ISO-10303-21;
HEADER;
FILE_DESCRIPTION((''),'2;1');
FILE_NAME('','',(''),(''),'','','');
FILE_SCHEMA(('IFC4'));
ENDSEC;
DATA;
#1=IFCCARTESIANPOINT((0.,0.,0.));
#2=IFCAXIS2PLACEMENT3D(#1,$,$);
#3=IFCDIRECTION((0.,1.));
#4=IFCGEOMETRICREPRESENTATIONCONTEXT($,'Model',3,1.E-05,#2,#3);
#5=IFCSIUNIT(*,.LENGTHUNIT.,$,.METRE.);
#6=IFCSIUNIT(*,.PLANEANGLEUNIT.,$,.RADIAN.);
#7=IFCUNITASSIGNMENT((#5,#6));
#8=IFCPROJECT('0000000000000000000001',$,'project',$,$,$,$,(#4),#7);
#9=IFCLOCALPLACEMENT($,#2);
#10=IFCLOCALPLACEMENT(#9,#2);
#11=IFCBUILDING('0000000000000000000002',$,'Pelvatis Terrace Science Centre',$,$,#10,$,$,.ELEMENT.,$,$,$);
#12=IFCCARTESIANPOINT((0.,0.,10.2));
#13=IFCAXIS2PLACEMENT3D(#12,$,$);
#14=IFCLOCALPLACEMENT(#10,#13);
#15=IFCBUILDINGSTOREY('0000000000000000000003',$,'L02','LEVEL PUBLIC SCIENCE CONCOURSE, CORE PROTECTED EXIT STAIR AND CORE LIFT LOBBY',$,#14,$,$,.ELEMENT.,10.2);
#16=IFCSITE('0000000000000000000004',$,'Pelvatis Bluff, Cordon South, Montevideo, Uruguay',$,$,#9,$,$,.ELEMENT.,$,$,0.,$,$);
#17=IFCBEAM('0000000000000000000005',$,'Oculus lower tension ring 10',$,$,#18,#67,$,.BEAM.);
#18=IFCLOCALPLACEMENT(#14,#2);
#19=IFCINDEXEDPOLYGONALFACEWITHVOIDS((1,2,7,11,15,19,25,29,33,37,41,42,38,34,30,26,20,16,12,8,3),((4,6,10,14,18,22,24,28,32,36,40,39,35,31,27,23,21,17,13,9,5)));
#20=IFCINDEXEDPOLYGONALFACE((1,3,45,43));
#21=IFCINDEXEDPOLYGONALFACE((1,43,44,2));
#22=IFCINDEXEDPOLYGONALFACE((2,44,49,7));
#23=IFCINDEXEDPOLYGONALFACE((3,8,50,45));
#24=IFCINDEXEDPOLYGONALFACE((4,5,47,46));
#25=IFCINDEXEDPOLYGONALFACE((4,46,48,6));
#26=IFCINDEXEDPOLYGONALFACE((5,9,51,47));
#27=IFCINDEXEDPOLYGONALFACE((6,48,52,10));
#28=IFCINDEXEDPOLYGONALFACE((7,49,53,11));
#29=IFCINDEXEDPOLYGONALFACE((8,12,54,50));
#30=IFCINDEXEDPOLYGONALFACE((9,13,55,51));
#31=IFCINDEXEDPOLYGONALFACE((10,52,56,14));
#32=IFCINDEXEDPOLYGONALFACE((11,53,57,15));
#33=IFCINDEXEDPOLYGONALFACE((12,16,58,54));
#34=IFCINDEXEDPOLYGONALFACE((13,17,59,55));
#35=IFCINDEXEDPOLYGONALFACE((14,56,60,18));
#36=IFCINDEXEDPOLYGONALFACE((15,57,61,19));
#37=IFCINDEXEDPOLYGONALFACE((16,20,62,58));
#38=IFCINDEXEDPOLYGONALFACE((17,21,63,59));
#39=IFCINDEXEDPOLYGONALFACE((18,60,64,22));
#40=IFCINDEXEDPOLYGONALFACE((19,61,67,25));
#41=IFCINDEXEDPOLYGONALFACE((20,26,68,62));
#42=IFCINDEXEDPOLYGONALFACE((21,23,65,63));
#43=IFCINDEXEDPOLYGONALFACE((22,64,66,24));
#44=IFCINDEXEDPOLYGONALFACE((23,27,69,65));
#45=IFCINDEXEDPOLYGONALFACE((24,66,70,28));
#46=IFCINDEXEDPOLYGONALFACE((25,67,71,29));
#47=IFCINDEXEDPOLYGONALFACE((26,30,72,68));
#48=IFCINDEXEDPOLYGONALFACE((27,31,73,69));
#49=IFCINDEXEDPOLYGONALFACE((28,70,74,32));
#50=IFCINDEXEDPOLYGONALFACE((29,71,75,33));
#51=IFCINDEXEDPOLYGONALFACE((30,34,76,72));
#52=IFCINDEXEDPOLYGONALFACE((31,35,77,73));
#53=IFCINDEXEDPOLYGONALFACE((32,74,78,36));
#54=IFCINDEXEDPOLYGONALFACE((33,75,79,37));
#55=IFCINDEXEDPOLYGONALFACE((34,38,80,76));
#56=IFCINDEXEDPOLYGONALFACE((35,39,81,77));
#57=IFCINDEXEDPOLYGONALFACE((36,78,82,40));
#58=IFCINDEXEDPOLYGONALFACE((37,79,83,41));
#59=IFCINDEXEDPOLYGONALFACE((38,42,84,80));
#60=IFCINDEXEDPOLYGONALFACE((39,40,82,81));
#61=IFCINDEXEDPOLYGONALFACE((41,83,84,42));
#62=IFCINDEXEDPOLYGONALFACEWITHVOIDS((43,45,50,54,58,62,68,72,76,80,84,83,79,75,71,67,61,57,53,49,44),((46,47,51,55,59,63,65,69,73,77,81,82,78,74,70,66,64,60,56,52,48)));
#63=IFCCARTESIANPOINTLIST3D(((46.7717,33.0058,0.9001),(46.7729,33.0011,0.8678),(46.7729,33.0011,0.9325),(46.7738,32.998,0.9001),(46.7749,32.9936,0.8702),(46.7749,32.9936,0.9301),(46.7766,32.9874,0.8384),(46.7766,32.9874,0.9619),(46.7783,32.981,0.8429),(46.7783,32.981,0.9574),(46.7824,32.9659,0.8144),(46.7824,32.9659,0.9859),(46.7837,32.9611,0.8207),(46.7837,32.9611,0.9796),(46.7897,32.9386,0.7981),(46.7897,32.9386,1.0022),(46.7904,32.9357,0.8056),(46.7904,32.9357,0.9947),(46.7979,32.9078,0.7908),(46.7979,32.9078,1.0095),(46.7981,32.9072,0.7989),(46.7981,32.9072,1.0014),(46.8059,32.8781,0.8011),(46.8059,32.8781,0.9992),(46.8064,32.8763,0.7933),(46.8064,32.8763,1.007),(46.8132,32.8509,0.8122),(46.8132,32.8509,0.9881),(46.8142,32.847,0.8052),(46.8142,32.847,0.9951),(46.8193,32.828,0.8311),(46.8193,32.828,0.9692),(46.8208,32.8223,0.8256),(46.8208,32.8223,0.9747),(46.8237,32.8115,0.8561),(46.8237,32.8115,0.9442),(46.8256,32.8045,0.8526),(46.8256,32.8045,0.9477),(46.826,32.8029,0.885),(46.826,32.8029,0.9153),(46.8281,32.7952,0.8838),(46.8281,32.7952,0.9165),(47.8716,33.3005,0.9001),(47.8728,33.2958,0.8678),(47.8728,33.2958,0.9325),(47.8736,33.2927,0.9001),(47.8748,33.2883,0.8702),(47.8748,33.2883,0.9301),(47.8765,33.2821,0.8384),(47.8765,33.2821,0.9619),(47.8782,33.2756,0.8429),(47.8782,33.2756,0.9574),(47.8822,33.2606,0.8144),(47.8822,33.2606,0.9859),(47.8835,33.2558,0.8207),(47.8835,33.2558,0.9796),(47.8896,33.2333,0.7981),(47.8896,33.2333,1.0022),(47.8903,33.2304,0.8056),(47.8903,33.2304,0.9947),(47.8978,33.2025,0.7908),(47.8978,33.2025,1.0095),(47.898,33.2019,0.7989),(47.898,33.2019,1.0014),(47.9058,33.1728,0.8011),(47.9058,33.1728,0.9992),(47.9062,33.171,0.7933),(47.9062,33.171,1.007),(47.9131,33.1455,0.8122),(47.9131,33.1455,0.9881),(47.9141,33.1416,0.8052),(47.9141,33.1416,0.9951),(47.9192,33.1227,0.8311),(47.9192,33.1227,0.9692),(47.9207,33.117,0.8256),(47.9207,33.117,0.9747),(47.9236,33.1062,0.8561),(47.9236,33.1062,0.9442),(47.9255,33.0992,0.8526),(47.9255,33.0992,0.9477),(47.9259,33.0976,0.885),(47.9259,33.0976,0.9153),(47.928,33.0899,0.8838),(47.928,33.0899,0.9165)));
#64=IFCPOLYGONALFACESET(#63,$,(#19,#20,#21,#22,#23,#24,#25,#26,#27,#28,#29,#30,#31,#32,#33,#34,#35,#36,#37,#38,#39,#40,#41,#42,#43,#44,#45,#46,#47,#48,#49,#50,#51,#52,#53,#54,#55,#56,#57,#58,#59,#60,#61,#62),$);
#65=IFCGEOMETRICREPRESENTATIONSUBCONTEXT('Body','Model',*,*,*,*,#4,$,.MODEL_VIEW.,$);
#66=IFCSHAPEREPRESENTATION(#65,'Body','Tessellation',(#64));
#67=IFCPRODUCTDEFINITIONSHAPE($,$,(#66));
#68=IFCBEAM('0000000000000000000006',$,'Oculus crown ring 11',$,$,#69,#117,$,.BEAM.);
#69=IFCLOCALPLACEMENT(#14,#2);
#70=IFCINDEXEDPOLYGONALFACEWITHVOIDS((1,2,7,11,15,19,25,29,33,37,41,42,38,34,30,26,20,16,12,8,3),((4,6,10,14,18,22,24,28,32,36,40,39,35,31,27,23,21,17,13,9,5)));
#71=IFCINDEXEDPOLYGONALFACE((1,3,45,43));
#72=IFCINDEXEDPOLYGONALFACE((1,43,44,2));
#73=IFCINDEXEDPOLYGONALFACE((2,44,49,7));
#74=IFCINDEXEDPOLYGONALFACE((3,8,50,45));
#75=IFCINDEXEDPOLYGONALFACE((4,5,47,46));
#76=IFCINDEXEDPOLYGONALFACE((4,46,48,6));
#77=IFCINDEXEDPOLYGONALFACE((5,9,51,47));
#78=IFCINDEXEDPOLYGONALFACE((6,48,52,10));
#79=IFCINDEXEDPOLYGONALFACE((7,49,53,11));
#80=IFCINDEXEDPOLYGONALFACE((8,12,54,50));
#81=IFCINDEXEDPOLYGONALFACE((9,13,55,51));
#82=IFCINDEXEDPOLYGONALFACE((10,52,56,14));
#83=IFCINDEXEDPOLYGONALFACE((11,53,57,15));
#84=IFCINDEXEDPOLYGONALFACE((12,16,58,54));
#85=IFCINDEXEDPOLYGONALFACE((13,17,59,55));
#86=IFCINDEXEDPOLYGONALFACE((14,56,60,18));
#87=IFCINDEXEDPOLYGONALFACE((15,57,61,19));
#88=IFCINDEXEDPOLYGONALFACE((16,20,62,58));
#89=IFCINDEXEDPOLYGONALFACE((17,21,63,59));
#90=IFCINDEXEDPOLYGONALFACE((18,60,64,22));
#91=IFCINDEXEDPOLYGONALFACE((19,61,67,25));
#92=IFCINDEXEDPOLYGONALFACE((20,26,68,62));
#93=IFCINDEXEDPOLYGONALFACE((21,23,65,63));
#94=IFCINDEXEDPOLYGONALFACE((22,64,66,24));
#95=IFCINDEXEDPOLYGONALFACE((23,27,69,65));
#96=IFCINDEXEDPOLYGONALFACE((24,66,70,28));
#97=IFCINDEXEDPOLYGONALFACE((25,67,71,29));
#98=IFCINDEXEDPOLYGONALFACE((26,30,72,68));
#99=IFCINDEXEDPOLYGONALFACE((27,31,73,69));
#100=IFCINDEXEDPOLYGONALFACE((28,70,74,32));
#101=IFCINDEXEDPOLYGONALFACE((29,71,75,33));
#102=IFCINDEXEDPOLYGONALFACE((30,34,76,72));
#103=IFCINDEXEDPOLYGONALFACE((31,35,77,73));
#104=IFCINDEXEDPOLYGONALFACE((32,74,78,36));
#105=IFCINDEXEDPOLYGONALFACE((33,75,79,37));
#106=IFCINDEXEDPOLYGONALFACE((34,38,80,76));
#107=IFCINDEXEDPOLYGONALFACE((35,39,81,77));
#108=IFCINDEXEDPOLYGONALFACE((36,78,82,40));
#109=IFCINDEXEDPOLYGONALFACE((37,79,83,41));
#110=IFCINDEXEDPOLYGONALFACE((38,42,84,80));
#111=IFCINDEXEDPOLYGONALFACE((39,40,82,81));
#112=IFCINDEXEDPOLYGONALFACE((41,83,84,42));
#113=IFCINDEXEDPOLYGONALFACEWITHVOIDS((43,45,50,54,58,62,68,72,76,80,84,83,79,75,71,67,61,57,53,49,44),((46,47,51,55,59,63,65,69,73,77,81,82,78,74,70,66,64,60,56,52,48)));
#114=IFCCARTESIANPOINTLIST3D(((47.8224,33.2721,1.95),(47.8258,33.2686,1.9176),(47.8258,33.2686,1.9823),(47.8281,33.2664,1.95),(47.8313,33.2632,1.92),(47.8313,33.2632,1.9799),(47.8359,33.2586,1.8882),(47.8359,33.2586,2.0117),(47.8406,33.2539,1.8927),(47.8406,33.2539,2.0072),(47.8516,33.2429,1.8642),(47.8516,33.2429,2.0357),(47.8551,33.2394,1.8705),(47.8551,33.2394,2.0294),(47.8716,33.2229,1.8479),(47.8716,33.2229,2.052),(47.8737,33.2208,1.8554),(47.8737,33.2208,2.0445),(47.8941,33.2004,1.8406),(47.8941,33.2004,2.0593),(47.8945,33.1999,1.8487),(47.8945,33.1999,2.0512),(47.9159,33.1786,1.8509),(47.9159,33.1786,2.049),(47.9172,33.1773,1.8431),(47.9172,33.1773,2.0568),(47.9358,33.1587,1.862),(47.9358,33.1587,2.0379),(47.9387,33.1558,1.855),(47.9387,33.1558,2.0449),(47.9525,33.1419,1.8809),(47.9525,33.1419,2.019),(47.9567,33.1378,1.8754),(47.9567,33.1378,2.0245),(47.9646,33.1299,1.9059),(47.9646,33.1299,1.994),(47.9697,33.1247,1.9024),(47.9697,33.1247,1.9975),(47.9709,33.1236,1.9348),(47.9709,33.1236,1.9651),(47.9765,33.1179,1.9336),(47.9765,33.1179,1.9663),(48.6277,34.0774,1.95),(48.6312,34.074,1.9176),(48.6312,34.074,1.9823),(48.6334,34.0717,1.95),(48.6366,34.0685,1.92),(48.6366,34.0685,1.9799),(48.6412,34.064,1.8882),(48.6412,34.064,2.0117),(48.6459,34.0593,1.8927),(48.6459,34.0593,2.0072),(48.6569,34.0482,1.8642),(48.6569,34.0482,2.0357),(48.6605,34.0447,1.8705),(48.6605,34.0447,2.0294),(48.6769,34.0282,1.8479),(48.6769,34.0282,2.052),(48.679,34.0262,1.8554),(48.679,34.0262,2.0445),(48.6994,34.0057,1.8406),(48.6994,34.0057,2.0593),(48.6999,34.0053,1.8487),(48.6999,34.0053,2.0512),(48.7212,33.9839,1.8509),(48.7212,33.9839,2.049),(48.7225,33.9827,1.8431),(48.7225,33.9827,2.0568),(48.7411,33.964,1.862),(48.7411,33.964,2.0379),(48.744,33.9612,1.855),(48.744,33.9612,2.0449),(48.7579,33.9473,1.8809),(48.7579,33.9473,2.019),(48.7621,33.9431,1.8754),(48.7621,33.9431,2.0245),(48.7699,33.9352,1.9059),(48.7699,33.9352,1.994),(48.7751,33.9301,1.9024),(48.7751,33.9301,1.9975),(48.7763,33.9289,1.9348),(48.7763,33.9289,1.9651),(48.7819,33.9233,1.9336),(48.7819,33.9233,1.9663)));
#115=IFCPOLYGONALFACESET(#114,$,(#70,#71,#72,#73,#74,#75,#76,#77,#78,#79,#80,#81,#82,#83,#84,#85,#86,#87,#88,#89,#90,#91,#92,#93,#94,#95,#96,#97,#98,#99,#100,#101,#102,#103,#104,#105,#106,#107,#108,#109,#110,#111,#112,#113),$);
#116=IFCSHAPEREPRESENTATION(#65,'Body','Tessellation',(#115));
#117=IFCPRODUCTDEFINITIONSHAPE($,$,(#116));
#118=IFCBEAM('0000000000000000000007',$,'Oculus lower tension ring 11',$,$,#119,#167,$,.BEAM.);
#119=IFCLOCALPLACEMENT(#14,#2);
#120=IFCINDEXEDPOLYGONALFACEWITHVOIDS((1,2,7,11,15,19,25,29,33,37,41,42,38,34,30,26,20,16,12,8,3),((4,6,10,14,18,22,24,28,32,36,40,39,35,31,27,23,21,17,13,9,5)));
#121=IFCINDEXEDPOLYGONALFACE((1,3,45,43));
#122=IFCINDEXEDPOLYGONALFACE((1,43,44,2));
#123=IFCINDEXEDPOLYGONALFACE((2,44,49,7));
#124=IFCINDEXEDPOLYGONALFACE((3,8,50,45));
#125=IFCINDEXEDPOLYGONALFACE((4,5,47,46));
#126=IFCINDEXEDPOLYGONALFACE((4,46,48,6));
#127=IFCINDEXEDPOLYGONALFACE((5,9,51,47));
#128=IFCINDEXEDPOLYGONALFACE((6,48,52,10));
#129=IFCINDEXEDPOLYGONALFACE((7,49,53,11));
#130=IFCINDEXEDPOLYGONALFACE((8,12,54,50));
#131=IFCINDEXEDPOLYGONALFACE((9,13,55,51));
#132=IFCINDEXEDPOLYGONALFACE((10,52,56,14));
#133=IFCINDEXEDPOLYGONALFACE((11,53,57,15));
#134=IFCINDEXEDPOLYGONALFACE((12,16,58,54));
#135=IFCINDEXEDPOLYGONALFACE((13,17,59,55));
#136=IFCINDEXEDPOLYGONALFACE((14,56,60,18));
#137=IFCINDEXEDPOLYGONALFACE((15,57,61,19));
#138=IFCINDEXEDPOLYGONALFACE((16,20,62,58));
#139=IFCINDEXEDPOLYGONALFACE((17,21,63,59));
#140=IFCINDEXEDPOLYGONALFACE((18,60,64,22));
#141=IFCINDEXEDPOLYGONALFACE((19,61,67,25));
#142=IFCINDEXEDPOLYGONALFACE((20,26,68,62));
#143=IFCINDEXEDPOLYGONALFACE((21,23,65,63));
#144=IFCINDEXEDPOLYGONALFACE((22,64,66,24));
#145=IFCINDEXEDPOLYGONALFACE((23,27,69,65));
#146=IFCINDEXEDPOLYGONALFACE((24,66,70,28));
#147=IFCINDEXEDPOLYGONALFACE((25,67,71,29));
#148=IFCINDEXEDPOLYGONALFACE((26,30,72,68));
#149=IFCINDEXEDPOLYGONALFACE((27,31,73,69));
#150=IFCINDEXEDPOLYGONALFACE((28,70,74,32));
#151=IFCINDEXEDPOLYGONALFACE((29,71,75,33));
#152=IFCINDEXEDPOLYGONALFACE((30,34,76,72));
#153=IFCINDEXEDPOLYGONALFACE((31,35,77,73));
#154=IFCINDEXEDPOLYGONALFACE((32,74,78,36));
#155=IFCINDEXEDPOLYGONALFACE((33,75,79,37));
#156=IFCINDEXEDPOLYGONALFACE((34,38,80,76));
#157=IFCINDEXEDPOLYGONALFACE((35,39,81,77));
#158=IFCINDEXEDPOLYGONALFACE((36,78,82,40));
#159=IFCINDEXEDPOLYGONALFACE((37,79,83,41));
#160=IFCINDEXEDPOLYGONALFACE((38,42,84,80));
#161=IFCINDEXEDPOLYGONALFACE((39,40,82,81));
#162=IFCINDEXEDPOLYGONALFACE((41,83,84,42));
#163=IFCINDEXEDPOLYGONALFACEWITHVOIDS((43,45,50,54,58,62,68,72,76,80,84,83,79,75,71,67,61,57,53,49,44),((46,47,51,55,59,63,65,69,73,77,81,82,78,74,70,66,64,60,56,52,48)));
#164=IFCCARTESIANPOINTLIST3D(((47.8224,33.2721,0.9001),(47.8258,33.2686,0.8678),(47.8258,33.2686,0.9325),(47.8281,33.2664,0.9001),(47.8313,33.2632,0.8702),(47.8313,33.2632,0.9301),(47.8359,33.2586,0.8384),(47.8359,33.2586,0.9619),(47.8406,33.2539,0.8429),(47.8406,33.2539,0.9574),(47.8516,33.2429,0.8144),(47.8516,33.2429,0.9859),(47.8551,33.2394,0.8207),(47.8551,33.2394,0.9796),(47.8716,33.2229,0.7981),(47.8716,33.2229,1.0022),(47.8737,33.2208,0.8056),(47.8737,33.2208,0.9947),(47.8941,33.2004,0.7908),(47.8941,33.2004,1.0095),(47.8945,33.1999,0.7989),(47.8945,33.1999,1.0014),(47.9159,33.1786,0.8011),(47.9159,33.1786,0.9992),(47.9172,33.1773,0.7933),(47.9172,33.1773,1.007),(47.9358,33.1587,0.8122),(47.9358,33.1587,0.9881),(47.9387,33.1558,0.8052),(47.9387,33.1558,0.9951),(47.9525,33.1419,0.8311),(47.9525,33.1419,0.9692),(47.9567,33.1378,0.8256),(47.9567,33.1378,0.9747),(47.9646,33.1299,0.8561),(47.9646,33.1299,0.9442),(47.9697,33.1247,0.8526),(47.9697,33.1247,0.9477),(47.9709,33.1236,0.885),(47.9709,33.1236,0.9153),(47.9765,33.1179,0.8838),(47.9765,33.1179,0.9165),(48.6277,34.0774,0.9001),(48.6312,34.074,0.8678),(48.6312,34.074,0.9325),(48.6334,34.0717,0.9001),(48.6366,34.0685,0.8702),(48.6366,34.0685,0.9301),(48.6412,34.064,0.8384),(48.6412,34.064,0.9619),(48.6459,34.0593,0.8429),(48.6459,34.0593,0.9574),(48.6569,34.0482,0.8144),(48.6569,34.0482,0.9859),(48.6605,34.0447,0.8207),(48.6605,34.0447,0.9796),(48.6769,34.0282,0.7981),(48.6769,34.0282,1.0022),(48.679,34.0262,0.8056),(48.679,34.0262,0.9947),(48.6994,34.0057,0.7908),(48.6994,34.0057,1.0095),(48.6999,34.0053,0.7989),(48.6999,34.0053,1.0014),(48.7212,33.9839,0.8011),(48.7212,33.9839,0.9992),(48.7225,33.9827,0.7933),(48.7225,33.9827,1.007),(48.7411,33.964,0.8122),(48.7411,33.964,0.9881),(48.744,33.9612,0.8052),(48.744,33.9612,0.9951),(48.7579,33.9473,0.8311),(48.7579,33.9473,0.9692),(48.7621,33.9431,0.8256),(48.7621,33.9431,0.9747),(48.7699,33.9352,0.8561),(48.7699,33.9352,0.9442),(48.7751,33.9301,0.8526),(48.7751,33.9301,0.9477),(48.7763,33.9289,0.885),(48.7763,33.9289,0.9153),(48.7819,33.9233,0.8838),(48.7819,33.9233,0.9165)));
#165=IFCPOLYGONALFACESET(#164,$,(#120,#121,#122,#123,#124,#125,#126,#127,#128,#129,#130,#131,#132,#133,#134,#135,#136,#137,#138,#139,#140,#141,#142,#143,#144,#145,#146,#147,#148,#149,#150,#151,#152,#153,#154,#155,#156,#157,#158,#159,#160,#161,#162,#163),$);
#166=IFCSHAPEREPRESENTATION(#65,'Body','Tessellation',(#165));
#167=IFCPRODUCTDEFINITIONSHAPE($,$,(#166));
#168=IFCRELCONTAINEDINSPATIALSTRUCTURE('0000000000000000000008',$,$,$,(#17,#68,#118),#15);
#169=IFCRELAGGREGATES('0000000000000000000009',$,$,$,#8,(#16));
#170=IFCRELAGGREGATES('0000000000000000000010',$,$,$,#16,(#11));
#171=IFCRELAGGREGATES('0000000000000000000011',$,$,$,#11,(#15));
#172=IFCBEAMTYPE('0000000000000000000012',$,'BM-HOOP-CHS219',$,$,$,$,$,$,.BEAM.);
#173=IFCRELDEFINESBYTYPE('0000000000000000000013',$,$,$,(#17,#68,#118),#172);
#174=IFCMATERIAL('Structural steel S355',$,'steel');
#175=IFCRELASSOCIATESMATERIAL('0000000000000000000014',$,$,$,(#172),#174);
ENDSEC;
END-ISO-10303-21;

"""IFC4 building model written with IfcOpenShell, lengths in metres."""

from ifc_helpers import new_model, si_unit, direction, frame, origin, origin_2d, place, context, subcontext, project, spatial, hollow_circle, extrude, material, material_profile, profile_set, type_object, element, save


model = new_model("IFC4")

# Units and contexts
model_context = context("Model", 3, precision=1e-05, world=origin(), true_north=direction((0.0, 1.0)))
body_context = subcontext(model_context, "Body", "Model", "MODEL_VIEW")
ifc_project = project(units=[si_unit("LENGTHUNIT", "METRE"), si_unit("PLANEANGLEUNIT", "RADIAN")], contexts=[model_context])

# Site, building, storey
site_placement = place(None, origin())
site = spatial("IfcSite", under=ifc_project, at=site_placement, Name="Pelvatis Bluff, Cordon South, Montevideo, Uruguay", CompositionType="ELEMENT", RefElevation=0.0)
building_placement = place(site_placement, origin())
building = spatial("IfcBuilding", under=site, at=building_placement, Name="Pelvatis Terrace Science Centre", CompositionType="ELEMENT")
storey_placement = place(building_placement, frame((0.0, 0.0, 10.2)))
storey = spatial("IfcBuildingStorey", under=building, at=storey_placement, Name="L02", Description="LEVEL PUBLIC SCIENCE CONCOURSE, CORE PROTECTED EXIT STAIR AND CORE LIFT LOBBY", CompositionType="ELEMENT", Elevation=10.2)

# Beams
ifc_material_1 = material(Name="Structural steel S355", Category="steel")
ifc_material_profile_1 = material_profile(ifc_material_1, hollow_circle(Radius=0.1096, WallThickness=0.0081, at=origin_2d()), Name="CHS 219.1x8.0")
ifc_profile_set_1 = profile_set([ifc_material_profile_1], Name="Structural steel S355")
beam_type_1 = type_object("IfcBeamType", Name="BM-HOOP-CHS219", PredefinedType="BEAM", material=ifc_profile_set_1)
for number, where, z_axis, x_axis, name in (
    (1, (46.8, 32.8999, 0.9001), (0.965932, 0.258797, 0.0), (-0.258797, 0.965932, 0.0), "Oculus lower tension ring 10"),
):
    element("IfcBeam", number, at=place(storey_placement, frame(where, z_axis=z_axis, x_axis=x_axis)), inside=storey, type_object=beam_type_1, Name=name, PredefinedType="BEAM", context=body_context, shape_type="SweptSolid", body=[
        extrude(hollow_circle(Radius=0.1096, WallThickness=0.0081, at=origin_2d()), origin(), (0.0, 0.0, 1.0), 1.1387),
    ])
for number, where, z_axis, x_axis, name in (
    (2, (47.8999, 33.1946, 1.95), (0.707107, 0.707107, 0.0), (-0.707107, 0.707107, 0.0), "Oculus crown ring 11"),
    (3, (47.8999, 33.1946, 0.9001), (0.707107, 0.707107, 0.0), (-0.707107, 0.707107, 0.0), "Oculus lower tension ring 11"),
):
    element("IfcBeam", number, at=place(storey_placement, frame(where, z_axis=z_axis, x_axis=x_axis)), inside=storey, type_object=beam_type_1, Name=name, PredefinedType="BEAM", context=body_context, shape_type="SweptSolid", body=[
        extrude(hollow_circle(Radius=0.1096, WallThickness=0.0081, at=origin_2d()), origin(), (0.0, 0.0, 1.0), 1.1389),
    ])

save(model, "model.ifc")
